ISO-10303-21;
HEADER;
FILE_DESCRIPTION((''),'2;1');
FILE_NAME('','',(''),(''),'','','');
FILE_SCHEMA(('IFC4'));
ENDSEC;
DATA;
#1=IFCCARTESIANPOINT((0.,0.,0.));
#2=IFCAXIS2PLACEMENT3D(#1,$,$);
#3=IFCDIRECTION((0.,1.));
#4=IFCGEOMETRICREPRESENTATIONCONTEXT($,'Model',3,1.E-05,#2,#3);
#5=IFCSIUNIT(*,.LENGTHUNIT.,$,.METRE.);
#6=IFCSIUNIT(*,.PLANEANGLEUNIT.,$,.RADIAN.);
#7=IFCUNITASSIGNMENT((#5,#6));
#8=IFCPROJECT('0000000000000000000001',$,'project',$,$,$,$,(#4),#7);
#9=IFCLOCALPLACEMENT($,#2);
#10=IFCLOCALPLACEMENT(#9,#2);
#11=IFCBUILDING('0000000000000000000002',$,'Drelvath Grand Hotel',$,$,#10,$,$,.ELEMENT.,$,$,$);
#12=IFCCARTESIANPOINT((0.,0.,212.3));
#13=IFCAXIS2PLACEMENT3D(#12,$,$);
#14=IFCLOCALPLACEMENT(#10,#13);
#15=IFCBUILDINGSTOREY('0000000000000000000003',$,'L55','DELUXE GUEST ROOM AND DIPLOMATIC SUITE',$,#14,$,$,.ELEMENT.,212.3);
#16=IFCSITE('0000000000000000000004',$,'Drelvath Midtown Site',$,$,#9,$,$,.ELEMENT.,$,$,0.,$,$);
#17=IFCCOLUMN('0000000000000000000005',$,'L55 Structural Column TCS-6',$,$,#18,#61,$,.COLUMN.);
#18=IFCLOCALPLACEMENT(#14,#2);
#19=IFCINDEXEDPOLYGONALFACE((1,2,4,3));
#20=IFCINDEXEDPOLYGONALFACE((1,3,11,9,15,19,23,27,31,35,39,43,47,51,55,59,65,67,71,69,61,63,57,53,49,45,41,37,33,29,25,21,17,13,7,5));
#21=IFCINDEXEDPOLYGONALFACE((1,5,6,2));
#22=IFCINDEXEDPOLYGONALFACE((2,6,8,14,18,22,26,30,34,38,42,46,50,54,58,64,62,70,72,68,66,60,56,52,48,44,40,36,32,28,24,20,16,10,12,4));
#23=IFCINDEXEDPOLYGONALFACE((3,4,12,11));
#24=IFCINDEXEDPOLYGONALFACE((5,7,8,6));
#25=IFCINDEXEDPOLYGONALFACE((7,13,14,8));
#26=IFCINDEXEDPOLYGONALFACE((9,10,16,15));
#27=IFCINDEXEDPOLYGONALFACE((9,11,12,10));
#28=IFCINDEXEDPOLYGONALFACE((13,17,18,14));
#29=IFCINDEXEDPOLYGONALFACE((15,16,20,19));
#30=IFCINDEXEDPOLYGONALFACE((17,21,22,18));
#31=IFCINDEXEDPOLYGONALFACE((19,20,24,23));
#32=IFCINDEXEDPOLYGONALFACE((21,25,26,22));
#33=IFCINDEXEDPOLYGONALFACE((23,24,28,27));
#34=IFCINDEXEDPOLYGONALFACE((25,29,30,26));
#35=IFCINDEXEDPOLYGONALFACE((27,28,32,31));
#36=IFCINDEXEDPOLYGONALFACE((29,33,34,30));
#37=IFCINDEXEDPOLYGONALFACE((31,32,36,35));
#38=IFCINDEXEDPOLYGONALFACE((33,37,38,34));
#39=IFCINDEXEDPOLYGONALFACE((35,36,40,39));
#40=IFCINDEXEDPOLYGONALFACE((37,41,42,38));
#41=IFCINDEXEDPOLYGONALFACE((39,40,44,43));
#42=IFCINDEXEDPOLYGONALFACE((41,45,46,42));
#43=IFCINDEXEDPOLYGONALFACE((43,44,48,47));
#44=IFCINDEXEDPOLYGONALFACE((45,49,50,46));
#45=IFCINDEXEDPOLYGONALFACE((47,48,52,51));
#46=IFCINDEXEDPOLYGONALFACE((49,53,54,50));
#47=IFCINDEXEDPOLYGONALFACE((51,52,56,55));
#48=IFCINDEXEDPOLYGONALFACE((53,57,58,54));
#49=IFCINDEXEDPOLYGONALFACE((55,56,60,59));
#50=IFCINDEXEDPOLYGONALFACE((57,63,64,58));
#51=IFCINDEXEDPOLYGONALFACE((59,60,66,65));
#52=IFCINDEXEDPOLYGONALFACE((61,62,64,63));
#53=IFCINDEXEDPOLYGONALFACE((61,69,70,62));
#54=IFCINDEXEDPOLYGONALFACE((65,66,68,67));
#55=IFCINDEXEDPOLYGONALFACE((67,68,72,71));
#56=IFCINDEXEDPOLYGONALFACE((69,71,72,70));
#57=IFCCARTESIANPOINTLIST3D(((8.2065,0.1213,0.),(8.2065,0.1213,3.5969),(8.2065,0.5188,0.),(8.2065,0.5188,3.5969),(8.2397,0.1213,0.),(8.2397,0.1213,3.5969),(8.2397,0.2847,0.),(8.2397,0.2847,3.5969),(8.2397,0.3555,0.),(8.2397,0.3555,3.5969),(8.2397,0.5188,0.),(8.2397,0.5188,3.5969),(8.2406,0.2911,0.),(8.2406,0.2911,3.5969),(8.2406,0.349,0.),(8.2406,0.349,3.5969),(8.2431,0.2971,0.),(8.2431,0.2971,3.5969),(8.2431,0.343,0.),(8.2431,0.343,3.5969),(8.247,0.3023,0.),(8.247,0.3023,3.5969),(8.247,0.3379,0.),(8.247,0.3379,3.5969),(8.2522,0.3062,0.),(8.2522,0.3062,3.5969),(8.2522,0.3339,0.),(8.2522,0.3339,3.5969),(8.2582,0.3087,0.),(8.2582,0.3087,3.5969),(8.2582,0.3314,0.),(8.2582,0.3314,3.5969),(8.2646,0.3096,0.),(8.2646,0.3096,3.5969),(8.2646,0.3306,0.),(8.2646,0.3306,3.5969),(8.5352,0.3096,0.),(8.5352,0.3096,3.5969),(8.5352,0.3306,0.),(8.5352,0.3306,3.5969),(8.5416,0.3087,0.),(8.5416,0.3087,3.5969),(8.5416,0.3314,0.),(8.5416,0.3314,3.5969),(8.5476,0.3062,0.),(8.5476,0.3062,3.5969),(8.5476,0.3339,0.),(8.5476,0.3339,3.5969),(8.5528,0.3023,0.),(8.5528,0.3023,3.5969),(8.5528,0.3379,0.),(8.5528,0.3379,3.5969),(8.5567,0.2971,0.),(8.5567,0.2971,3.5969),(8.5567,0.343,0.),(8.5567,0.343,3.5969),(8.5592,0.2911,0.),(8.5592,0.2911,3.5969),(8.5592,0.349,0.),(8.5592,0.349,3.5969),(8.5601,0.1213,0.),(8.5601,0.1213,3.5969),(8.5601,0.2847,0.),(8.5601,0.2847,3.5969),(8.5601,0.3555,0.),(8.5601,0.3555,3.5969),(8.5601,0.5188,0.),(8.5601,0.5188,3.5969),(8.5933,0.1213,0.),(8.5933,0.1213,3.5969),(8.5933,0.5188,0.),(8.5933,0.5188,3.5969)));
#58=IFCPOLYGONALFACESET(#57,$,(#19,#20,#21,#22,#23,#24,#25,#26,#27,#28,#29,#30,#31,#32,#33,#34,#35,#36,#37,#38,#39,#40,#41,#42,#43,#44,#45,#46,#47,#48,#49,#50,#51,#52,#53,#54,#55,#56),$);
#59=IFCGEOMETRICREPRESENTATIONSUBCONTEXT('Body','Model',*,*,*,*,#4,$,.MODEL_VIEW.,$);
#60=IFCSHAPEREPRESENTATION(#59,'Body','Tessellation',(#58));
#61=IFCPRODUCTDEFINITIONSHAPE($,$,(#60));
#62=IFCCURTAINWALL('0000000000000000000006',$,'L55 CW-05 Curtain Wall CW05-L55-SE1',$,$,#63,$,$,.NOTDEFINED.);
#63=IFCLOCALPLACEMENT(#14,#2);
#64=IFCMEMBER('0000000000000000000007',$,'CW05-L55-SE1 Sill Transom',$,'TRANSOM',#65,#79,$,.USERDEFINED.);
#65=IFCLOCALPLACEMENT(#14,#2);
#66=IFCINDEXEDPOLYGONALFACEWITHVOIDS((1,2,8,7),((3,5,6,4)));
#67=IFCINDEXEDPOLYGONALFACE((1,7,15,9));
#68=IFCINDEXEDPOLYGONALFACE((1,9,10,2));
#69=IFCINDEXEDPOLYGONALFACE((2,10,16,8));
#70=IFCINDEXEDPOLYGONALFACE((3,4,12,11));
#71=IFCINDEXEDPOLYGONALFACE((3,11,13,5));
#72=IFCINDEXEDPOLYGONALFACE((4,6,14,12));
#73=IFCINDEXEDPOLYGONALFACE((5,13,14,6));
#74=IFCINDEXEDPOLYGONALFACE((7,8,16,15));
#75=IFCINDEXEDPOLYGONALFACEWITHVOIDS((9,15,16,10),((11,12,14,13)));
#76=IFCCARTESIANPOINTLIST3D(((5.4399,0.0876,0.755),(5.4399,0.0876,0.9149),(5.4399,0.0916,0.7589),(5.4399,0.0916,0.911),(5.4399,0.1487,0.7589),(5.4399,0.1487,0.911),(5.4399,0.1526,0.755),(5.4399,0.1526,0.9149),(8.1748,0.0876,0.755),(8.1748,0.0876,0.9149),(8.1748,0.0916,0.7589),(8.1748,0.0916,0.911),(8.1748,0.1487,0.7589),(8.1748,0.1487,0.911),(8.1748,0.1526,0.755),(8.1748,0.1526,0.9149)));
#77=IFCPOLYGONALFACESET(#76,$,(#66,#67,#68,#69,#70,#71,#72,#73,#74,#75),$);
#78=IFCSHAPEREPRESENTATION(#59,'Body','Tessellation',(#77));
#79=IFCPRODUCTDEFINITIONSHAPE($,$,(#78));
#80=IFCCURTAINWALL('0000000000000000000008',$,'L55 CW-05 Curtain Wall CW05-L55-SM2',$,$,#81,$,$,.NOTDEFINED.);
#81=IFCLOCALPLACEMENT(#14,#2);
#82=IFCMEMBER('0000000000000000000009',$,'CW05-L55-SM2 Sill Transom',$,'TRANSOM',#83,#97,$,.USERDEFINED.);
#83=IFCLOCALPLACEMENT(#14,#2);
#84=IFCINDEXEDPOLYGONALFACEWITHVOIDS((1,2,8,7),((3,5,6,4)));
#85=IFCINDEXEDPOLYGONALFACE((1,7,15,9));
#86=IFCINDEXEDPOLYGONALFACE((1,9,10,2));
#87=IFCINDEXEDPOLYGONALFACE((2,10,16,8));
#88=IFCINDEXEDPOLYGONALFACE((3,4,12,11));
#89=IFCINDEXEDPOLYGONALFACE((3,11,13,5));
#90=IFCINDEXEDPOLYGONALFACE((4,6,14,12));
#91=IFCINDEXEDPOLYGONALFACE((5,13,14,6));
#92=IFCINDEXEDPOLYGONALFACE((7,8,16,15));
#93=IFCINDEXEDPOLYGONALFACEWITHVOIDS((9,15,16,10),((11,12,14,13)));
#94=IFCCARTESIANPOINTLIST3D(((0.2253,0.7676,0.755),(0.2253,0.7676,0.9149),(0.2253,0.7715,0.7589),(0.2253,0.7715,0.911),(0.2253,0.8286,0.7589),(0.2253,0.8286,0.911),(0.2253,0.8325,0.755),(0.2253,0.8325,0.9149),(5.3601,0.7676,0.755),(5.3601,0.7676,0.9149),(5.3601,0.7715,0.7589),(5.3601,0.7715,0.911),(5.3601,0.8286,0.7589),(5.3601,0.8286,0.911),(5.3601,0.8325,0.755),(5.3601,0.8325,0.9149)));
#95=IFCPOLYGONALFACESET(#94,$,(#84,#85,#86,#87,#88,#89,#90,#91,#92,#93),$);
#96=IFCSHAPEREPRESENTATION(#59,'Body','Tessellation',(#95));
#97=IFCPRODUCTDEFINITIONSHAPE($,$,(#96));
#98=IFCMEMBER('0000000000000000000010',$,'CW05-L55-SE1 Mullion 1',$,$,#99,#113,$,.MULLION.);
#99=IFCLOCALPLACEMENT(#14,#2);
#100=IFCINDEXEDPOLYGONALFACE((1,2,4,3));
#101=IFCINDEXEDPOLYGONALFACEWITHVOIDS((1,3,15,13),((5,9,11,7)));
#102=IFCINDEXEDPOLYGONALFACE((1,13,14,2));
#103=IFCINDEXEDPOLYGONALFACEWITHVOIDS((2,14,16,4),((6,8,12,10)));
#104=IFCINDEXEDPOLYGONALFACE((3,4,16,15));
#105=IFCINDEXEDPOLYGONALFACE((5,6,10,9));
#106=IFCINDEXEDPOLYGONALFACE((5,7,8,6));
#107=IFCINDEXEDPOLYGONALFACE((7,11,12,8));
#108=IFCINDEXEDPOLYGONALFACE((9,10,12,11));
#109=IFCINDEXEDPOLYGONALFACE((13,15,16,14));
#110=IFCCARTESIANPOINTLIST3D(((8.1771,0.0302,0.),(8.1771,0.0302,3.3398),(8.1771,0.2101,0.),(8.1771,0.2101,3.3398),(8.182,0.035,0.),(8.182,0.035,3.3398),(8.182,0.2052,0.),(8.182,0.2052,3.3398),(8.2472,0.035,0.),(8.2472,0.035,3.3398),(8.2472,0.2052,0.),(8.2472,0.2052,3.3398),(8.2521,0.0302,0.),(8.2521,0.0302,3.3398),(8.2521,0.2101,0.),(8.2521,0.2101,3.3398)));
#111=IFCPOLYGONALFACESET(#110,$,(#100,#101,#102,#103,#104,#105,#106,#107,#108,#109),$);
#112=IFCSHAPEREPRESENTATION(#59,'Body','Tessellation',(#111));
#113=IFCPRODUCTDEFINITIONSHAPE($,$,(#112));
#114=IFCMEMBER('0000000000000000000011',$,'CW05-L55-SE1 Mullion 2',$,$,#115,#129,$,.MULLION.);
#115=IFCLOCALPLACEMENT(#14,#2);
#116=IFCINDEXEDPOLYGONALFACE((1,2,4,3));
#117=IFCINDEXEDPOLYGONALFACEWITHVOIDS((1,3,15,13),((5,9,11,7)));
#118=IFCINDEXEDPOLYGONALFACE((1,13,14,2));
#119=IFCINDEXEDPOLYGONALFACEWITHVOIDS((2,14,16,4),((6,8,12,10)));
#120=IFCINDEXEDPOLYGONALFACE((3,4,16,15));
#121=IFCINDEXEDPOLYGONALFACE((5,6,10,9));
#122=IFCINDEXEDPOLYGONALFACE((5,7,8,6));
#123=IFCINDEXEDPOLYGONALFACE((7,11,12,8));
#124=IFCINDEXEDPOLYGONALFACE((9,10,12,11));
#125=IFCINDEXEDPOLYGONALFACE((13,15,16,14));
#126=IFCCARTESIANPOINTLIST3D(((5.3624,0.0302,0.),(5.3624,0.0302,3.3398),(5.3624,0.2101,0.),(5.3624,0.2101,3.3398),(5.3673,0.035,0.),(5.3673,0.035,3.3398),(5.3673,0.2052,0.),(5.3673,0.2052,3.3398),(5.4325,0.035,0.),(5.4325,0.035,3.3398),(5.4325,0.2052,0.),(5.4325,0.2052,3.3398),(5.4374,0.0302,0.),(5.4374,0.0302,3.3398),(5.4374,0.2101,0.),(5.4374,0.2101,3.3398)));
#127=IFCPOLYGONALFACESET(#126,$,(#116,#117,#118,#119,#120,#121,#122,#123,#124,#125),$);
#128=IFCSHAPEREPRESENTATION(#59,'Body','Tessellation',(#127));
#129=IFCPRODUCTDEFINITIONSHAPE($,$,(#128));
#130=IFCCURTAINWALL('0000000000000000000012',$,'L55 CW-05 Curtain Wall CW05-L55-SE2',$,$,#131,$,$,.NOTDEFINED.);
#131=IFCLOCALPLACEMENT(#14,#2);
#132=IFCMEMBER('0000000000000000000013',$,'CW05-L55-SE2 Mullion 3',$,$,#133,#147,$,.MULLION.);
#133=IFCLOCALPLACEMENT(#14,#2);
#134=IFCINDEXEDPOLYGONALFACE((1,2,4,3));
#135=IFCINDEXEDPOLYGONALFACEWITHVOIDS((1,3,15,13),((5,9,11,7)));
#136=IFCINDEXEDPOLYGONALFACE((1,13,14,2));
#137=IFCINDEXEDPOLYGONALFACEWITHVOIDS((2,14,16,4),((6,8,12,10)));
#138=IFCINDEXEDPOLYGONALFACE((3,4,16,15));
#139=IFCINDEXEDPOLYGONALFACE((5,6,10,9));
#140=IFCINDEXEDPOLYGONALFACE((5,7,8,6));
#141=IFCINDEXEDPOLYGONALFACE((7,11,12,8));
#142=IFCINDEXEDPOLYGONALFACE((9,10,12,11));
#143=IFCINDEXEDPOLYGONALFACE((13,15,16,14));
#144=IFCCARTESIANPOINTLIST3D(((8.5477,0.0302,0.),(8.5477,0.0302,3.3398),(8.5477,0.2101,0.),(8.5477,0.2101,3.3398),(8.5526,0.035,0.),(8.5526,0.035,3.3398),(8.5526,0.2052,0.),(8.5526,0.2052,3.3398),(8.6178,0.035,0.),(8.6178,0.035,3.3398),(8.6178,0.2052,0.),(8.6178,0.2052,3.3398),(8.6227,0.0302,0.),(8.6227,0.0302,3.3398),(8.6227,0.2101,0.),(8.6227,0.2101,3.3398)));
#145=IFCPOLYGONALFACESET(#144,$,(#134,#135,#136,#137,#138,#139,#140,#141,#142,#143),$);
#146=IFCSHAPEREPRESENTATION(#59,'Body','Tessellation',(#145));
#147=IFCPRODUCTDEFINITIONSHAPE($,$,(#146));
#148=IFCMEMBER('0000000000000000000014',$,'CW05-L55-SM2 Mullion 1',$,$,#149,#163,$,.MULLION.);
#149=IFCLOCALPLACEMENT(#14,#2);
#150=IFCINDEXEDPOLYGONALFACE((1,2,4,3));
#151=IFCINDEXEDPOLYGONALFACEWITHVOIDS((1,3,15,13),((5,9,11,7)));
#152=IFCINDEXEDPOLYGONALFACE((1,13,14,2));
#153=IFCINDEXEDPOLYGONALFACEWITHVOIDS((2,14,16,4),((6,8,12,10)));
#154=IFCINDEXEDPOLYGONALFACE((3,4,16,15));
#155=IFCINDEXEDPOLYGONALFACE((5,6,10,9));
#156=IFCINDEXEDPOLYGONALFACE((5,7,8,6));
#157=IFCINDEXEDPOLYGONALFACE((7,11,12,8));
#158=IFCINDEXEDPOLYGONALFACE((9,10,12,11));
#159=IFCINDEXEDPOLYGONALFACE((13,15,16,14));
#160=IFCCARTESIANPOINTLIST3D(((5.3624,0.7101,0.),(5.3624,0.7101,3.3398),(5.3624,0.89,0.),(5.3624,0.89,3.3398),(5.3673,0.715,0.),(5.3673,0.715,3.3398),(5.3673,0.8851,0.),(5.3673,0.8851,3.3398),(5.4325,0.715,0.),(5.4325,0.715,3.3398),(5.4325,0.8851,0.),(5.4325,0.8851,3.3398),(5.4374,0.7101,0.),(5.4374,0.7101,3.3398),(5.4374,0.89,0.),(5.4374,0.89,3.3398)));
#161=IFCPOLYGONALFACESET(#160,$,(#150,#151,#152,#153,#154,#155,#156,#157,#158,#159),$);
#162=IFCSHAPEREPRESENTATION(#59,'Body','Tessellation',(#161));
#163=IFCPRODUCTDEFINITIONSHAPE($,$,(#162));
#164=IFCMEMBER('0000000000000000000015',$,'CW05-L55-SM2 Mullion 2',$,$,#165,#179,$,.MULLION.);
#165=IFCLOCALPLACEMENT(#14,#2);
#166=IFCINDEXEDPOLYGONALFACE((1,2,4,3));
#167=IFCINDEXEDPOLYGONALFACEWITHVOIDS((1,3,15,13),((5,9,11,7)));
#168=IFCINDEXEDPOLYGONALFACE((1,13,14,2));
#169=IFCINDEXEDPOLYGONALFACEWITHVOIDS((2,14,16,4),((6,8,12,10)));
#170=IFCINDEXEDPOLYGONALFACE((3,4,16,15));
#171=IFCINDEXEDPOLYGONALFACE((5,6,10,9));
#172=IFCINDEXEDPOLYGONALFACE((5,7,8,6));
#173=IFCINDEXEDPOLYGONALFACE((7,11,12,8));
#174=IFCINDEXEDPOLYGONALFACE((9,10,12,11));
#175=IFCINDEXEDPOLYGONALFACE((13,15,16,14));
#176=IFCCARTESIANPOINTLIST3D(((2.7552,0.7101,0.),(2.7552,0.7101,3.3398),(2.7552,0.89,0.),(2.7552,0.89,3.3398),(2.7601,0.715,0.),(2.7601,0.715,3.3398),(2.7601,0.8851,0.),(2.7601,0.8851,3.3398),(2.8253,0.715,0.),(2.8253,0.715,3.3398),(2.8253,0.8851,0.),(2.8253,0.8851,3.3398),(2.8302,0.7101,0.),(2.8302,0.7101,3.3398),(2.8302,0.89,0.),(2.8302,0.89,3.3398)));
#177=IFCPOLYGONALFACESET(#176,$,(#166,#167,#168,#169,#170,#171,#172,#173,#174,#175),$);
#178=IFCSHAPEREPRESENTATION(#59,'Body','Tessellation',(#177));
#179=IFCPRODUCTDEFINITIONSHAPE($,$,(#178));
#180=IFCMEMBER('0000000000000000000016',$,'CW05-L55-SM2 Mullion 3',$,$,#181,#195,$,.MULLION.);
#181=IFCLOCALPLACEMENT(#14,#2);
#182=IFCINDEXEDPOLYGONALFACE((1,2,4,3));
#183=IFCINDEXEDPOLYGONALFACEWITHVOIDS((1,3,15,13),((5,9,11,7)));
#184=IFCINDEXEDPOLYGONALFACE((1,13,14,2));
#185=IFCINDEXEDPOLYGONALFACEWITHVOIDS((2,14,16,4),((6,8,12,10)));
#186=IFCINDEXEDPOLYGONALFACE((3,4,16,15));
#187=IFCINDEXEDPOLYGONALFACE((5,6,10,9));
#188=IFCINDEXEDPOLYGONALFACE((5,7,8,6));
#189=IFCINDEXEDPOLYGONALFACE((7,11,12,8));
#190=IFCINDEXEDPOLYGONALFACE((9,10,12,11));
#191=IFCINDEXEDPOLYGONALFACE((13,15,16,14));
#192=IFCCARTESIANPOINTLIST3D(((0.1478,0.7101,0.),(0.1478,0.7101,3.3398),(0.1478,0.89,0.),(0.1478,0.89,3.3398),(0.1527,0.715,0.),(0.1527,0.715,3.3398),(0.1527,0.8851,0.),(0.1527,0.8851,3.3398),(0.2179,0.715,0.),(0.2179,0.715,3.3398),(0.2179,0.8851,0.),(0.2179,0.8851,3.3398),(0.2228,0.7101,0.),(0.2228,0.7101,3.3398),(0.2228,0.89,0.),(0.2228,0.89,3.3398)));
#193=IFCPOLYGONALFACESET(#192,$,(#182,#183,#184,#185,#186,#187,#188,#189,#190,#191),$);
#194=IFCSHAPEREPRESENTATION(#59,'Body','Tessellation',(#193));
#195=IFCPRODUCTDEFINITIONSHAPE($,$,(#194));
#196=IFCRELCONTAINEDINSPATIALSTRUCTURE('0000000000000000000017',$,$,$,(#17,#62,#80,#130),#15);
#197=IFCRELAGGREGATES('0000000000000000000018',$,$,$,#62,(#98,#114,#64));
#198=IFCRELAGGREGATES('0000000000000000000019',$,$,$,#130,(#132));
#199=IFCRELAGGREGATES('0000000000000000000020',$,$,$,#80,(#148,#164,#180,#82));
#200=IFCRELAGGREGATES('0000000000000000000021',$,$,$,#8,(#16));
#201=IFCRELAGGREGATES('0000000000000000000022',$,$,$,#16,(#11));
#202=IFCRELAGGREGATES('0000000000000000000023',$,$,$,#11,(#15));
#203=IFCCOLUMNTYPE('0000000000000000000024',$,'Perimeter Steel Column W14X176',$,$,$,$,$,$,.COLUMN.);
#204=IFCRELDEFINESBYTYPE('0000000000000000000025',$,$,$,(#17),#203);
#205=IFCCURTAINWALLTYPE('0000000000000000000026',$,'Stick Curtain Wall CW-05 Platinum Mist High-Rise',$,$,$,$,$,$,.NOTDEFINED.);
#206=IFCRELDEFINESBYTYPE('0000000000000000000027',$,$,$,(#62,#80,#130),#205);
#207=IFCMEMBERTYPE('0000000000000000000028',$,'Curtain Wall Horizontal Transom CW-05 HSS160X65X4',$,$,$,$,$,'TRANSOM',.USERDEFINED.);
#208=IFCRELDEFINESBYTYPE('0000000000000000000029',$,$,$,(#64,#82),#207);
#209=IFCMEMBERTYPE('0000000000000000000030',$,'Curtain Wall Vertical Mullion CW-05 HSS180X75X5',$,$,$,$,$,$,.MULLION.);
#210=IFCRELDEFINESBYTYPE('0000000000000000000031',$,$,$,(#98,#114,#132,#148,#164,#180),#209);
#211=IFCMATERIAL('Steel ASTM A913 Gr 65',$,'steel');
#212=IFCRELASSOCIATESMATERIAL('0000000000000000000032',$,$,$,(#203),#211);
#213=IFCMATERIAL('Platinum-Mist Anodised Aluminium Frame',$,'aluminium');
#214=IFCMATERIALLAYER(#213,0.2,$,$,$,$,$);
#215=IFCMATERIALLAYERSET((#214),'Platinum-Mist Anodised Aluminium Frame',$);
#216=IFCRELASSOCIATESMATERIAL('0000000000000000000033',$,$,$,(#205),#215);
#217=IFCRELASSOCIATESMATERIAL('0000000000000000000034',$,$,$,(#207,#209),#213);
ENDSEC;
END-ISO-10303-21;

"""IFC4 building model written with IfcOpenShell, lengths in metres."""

from ifc_helpers import new_model, si_unit, direction, frame, origin, origin_2d, place, context, subcontext, project, spatial, hollow_rectangle, i_section, extrude, material, layer, layer_set, material_profile, profile_set, type_object, element, aggregate, save


model = new_model("IFC4")

# Units and contexts
model_context = context("Model", 3, precision=1e-05, world=origin(), true_north=direction((0.0, 1.0)))
body_context = subcontext(model_context, "Body", "Model", "MODEL_VIEW")
ifc_project = project(units=[si_unit("LENGTHUNIT", "METRE"), si_unit("PLANEANGLEUNIT", "RADIAN")], contexts=[model_context])

# Site, building, storey
site_placement = place(None, origin())
site = spatial("IfcSite", under=ifc_project, at=site_placement, Name="Drelvath Midtown Site", CompositionType="ELEMENT", RefElevation=0.0)
building_placement = place(site_placement, origin())
building = spatial("IfcBuilding", under=site, at=building_placement, Name="Drelvath Grand Hotel", CompositionType="ELEMENT")
storey_placement = place(building_placement, frame((0.0, 0.0, 212.3)))
storey = spatial("IfcBuildingStorey", under=building, at=storey_placement, Name="L55", Description="DELUXE GUEST ROOM AND DIPLOMATIC SUITE", CompositionType="ELEMENT", Elevation=212.3)

# Column
ifc_material_1 = material(Name="Steel ASTM A913 Gr 65", Category="steel")
ifc_material_profile_1 = material_profile(ifc_material_1, i_section(OverallWidth=0.3975, OverallDepth=0.3867, WebThickness=0.021, FlangeThickness=0.0332, FilletRadius=0.0249, at=origin_2d()), Name="W14X176")
ifc_profile_set_1 = profile_set([ifc_material_profile_1], Name="Steel ASTM A913 Gr 65")
column_type = type_object("IfcColumnType", Name="Perimeter Steel Column W14X176", PredefinedType="COLUMN", material=ifc_profile_set_1)
column_placement = place(storey_placement, frame((8.3999, 0.3201, 0.0), z_axis=(0.0, 0.0, 1.0), x_axis=(0.0, 1.0, 0.0)))
element("IfcColumn", 1, at=column_placement, inside=storey, type_object=column_type, Name="L55 Structural Column TCS-6", PredefinedType="COLUMN", context=body_context, shape_type="SweptSolid", body=[
    extrude(i_section(OverallWidth=0.3975, OverallDepth=0.3867, WebThickness=0.021, FlangeThickness=0.0332, FilletRadius=0.0249, at=origin_2d()), origin(), (0.0, 0.0, 1.0), 3.5969),
])

# Curtain walls, members
ifc_material_2 = material(Name="Platinum-Mist Anodised Aluminium Frame", Category="aluminium")
ifc_layer_1 = layer(ifc_material_2, 0.2)
ifc_layer_set_1 = layer_set([ifc_layer_1], Name="Platinum-Mist Anodised Aluminium Frame")
curtain_wall_type = type_object("IfcCurtainWallType", Name="Stick Curtain Wall CW-05 Platinum Mist High-Rise", PredefinedType="NOTDEFINED", material=ifc_layer_set_1)
curtain_wall_1_placement = place(storey_placement, origin())
curtain_wall_1 = element("IfcCurtainWall", 2, at=curtain_wall_1_placement, inside=storey, type_object=curtain_wall_type, Name="L55 CW-05 Curtain Wall CW05-L55-SE1", PredefinedType="NOTDEFINED")
ifc_material_profile_2 = material_profile(ifc_material_2, hollow_rectangle(XDim=0.0649, YDim=0.1599, WallThickness=0.0039, at=origin_2d()), Name="HSS160X65X4")
ifc_profile_set_2 = profile_set([ifc_material_profile_2], Name="Platinum-Mist Anodised Aluminium Frame")
member_type_1 = type_object("IfcMemberType", Name="Curtain Wall Horizontal Transom CW-05 HSS160X65X4", ElementType="TRANSOM", PredefinedType="USERDEFINED", material=ifc_profile_set_2)
member_1_placement = place(storey_placement, frame((8.1748, 0.1201, 0.835), z_axis=(-1.0, 0.0, 0.0), x_axis=(0.0, -1.0, 0.0)))
member_1 = element("IfcMember", 3, at=member_1_placement, type_object=member_type_1, Name="CW05-L55-SE1 Sill Transom", ObjectType="TRANSOM", PredefinedType="USERDEFINED", context=body_context, shape_type="SweptSolid", body=[
    extrude(hollow_rectangle(XDim=0.0649, YDim=0.1599, WallThickness=0.0039, at=origin_2d()), origin(), (0.0, 0.0, 1.0), 2.7349),
])
curtain_wall_2_placement = place(storey_placement, origin())
curtain_wall_2 = element("IfcCurtainWall", 4, at=curtain_wall_2_placement, inside=storey, type_object=curtain_wall_type, Name="L55 CW-05 Curtain Wall CW05-L55-SM2", PredefinedType="NOTDEFINED")
member_2_placement = place(storey_placement, frame((5.3601, 0.8, 0.835), z_axis=(-1.0, 0.0, 0.0), x_axis=(0.0, -1.0, 0.0)))
member_2 = element("IfcMember", 5, at=member_2_placement, type_object=member_type_1, Name="CW05-L55-SM2 Sill Transom", ObjectType="TRANSOM", PredefinedType="USERDEFINED", context=body_context, shape_type="SweptSolid", body=[
    extrude(hollow_rectangle(XDim=0.0649, YDim=0.1599, WallThickness=0.0039, at=origin_2d()), origin(), (0.0, 0.0, 1.0), 5.1348),
])

# Members
ifc_material_profile_3 = material_profile(ifc_material_2, hollow_rectangle(XDim=0.075, YDim=0.1799, WallThickness=0.0049, at=origin_2d()), Name="HSS180X75X5")
ifc_profile_set_3 = profile_set([ifc_material_profile_3], Name="Platinum-Mist Anodised Aluminium Frame")
member_type_2 = type_object("IfcMemberType", Name="Curtain Wall Vertical Mullion CW-05 HSS180X75X5", PredefinedType="MULLION", material=ifc_profile_set_3)
member_3_placement = place(storey_placement, frame((8.2146, 0.1201, 0.0), z_axis=(0.0, 0.0, 1.0), x_axis=(1.0, 0.0, 0.0)))
member_3 = element("IfcMember", 6, at=member_3_placement, type_object=member_type_2, Name="CW05-L55-SE1 Mullion 1", PredefinedType="MULLION", context=body_context, shape_type="SweptSolid", body=[
    extrude(hollow_rectangle(XDim=0.075, YDim=0.1799, WallThickness=0.0049, at=origin_2d()), origin(), (0.0, 0.0, 1.0), 3.3398),
])
member_4_placement = place(storey_placement, frame((5.3999, 0.1201, 0.0), z_axis=(0.0, 0.0, 1.0), x_axis=(1.0, 0.0, 0.0)))
member_4 = element("IfcMember", 7, at=member_4_placement, type_object=member_type_2, Name="CW05-L55-SE1 Mullion 2", PredefinedType="MULLION", context=body_context, shape_type="SweptSolid", body=[
    extrude(hollow_rectangle(XDim=0.075, YDim=0.1799, WallThickness=0.0049, at=origin_2d()), origin(), (0.0, 0.0, 1.0), 3.3398),
])

# Curtain wall, member
curtain_wall_3_placement = place(storey_placement, origin())
curtain_wall_3 = element("IfcCurtainWall", 8, at=curtain_wall_3_placement, inside=storey, type_object=curtain_wall_type, Name="L55 CW-05 Curtain Wall CW05-L55-SE2", PredefinedType="NOTDEFINED")
member_5_placement = place(storey_placement, frame((8.5852, 0.1201, 0.0), z_axis=(0.0, 0.0, 1.0), x_axis=(1.0, 0.0, 0.0)))
member_5 = element("IfcMember", 9, at=member_5_placement, type_object=member_type_2, Name="CW05-L55-SE2 Mullion 3", PredefinedType="MULLION", context=body_context, shape_type="SweptSolid", body=[
    extrude(hollow_rectangle(XDim=0.075, YDim=0.1799, WallThickness=0.0049, at=origin_2d()), origin(), (0.0, 0.0, 1.0), 3.3398),
])

# Members
member_6_placement = place(storey_placement, frame((5.3999, 0.8, 0.0), z_axis=(0.0, 0.0, 1.0), x_axis=(1.0, 0.0, 0.0)))
member_6 = element("IfcMember", 10, at=member_6_placement, type_object=member_type_2, Name="CW05-L55-SM2 Mullion 1", PredefinedType="MULLION", context=body_context, shape_type="SweptSolid", body=[
    extrude(hollow_rectangle(XDim=0.075, YDim=0.1799, WallThickness=0.0049, at=origin_2d()), origin(), (0.0, 0.0, 1.0), 3.3398),
])
member_7_placement = place(storey_placement, frame((2.7927, 0.8, 0.0), z_axis=(0.0, 0.0, 1.0), x_axis=(1.0, 0.0, 0.0)))
member_7 = element("IfcMember", 11, at=member_7_placement, type_object=member_type_2, Name="CW05-L55-SM2 Mullion 2", PredefinedType="MULLION", context=body_context, shape_type="SweptSolid", body=[
    extrude(hollow_rectangle(XDim=0.075, YDim=0.1799, WallThickness=0.0049, at=origin_2d()), origin(), (0.0, 0.0, 1.0), 3.3398),
])
member_8_placement = place(storey_placement, frame((0.1853, 0.8, 0.0), z_axis=(0.0, 0.0, 1.0), x_axis=(1.0, 0.0, 0.0)))
member_8 = element("IfcMember", 12, at=member_8_placement, type_object=member_type_2, Name="CW05-L55-SM2 Mullion 3", PredefinedType="MULLION", context=body_context, shape_type="SweptSolid", body=[
    extrude(hollow_rectangle(XDim=0.075, YDim=0.1799, WallThickness=0.0049, at=origin_2d()), origin(), (0.0, 0.0, 1.0), 3.3398),
])

aggregate(curtain_wall_1, [member_3, member_4, member_1])
aggregate(curtain_wall_3, [member_5])
aggregate(curtain_wall_2, [member_6, member_7, member_8, member_2])

save(model, "model.ifc")
